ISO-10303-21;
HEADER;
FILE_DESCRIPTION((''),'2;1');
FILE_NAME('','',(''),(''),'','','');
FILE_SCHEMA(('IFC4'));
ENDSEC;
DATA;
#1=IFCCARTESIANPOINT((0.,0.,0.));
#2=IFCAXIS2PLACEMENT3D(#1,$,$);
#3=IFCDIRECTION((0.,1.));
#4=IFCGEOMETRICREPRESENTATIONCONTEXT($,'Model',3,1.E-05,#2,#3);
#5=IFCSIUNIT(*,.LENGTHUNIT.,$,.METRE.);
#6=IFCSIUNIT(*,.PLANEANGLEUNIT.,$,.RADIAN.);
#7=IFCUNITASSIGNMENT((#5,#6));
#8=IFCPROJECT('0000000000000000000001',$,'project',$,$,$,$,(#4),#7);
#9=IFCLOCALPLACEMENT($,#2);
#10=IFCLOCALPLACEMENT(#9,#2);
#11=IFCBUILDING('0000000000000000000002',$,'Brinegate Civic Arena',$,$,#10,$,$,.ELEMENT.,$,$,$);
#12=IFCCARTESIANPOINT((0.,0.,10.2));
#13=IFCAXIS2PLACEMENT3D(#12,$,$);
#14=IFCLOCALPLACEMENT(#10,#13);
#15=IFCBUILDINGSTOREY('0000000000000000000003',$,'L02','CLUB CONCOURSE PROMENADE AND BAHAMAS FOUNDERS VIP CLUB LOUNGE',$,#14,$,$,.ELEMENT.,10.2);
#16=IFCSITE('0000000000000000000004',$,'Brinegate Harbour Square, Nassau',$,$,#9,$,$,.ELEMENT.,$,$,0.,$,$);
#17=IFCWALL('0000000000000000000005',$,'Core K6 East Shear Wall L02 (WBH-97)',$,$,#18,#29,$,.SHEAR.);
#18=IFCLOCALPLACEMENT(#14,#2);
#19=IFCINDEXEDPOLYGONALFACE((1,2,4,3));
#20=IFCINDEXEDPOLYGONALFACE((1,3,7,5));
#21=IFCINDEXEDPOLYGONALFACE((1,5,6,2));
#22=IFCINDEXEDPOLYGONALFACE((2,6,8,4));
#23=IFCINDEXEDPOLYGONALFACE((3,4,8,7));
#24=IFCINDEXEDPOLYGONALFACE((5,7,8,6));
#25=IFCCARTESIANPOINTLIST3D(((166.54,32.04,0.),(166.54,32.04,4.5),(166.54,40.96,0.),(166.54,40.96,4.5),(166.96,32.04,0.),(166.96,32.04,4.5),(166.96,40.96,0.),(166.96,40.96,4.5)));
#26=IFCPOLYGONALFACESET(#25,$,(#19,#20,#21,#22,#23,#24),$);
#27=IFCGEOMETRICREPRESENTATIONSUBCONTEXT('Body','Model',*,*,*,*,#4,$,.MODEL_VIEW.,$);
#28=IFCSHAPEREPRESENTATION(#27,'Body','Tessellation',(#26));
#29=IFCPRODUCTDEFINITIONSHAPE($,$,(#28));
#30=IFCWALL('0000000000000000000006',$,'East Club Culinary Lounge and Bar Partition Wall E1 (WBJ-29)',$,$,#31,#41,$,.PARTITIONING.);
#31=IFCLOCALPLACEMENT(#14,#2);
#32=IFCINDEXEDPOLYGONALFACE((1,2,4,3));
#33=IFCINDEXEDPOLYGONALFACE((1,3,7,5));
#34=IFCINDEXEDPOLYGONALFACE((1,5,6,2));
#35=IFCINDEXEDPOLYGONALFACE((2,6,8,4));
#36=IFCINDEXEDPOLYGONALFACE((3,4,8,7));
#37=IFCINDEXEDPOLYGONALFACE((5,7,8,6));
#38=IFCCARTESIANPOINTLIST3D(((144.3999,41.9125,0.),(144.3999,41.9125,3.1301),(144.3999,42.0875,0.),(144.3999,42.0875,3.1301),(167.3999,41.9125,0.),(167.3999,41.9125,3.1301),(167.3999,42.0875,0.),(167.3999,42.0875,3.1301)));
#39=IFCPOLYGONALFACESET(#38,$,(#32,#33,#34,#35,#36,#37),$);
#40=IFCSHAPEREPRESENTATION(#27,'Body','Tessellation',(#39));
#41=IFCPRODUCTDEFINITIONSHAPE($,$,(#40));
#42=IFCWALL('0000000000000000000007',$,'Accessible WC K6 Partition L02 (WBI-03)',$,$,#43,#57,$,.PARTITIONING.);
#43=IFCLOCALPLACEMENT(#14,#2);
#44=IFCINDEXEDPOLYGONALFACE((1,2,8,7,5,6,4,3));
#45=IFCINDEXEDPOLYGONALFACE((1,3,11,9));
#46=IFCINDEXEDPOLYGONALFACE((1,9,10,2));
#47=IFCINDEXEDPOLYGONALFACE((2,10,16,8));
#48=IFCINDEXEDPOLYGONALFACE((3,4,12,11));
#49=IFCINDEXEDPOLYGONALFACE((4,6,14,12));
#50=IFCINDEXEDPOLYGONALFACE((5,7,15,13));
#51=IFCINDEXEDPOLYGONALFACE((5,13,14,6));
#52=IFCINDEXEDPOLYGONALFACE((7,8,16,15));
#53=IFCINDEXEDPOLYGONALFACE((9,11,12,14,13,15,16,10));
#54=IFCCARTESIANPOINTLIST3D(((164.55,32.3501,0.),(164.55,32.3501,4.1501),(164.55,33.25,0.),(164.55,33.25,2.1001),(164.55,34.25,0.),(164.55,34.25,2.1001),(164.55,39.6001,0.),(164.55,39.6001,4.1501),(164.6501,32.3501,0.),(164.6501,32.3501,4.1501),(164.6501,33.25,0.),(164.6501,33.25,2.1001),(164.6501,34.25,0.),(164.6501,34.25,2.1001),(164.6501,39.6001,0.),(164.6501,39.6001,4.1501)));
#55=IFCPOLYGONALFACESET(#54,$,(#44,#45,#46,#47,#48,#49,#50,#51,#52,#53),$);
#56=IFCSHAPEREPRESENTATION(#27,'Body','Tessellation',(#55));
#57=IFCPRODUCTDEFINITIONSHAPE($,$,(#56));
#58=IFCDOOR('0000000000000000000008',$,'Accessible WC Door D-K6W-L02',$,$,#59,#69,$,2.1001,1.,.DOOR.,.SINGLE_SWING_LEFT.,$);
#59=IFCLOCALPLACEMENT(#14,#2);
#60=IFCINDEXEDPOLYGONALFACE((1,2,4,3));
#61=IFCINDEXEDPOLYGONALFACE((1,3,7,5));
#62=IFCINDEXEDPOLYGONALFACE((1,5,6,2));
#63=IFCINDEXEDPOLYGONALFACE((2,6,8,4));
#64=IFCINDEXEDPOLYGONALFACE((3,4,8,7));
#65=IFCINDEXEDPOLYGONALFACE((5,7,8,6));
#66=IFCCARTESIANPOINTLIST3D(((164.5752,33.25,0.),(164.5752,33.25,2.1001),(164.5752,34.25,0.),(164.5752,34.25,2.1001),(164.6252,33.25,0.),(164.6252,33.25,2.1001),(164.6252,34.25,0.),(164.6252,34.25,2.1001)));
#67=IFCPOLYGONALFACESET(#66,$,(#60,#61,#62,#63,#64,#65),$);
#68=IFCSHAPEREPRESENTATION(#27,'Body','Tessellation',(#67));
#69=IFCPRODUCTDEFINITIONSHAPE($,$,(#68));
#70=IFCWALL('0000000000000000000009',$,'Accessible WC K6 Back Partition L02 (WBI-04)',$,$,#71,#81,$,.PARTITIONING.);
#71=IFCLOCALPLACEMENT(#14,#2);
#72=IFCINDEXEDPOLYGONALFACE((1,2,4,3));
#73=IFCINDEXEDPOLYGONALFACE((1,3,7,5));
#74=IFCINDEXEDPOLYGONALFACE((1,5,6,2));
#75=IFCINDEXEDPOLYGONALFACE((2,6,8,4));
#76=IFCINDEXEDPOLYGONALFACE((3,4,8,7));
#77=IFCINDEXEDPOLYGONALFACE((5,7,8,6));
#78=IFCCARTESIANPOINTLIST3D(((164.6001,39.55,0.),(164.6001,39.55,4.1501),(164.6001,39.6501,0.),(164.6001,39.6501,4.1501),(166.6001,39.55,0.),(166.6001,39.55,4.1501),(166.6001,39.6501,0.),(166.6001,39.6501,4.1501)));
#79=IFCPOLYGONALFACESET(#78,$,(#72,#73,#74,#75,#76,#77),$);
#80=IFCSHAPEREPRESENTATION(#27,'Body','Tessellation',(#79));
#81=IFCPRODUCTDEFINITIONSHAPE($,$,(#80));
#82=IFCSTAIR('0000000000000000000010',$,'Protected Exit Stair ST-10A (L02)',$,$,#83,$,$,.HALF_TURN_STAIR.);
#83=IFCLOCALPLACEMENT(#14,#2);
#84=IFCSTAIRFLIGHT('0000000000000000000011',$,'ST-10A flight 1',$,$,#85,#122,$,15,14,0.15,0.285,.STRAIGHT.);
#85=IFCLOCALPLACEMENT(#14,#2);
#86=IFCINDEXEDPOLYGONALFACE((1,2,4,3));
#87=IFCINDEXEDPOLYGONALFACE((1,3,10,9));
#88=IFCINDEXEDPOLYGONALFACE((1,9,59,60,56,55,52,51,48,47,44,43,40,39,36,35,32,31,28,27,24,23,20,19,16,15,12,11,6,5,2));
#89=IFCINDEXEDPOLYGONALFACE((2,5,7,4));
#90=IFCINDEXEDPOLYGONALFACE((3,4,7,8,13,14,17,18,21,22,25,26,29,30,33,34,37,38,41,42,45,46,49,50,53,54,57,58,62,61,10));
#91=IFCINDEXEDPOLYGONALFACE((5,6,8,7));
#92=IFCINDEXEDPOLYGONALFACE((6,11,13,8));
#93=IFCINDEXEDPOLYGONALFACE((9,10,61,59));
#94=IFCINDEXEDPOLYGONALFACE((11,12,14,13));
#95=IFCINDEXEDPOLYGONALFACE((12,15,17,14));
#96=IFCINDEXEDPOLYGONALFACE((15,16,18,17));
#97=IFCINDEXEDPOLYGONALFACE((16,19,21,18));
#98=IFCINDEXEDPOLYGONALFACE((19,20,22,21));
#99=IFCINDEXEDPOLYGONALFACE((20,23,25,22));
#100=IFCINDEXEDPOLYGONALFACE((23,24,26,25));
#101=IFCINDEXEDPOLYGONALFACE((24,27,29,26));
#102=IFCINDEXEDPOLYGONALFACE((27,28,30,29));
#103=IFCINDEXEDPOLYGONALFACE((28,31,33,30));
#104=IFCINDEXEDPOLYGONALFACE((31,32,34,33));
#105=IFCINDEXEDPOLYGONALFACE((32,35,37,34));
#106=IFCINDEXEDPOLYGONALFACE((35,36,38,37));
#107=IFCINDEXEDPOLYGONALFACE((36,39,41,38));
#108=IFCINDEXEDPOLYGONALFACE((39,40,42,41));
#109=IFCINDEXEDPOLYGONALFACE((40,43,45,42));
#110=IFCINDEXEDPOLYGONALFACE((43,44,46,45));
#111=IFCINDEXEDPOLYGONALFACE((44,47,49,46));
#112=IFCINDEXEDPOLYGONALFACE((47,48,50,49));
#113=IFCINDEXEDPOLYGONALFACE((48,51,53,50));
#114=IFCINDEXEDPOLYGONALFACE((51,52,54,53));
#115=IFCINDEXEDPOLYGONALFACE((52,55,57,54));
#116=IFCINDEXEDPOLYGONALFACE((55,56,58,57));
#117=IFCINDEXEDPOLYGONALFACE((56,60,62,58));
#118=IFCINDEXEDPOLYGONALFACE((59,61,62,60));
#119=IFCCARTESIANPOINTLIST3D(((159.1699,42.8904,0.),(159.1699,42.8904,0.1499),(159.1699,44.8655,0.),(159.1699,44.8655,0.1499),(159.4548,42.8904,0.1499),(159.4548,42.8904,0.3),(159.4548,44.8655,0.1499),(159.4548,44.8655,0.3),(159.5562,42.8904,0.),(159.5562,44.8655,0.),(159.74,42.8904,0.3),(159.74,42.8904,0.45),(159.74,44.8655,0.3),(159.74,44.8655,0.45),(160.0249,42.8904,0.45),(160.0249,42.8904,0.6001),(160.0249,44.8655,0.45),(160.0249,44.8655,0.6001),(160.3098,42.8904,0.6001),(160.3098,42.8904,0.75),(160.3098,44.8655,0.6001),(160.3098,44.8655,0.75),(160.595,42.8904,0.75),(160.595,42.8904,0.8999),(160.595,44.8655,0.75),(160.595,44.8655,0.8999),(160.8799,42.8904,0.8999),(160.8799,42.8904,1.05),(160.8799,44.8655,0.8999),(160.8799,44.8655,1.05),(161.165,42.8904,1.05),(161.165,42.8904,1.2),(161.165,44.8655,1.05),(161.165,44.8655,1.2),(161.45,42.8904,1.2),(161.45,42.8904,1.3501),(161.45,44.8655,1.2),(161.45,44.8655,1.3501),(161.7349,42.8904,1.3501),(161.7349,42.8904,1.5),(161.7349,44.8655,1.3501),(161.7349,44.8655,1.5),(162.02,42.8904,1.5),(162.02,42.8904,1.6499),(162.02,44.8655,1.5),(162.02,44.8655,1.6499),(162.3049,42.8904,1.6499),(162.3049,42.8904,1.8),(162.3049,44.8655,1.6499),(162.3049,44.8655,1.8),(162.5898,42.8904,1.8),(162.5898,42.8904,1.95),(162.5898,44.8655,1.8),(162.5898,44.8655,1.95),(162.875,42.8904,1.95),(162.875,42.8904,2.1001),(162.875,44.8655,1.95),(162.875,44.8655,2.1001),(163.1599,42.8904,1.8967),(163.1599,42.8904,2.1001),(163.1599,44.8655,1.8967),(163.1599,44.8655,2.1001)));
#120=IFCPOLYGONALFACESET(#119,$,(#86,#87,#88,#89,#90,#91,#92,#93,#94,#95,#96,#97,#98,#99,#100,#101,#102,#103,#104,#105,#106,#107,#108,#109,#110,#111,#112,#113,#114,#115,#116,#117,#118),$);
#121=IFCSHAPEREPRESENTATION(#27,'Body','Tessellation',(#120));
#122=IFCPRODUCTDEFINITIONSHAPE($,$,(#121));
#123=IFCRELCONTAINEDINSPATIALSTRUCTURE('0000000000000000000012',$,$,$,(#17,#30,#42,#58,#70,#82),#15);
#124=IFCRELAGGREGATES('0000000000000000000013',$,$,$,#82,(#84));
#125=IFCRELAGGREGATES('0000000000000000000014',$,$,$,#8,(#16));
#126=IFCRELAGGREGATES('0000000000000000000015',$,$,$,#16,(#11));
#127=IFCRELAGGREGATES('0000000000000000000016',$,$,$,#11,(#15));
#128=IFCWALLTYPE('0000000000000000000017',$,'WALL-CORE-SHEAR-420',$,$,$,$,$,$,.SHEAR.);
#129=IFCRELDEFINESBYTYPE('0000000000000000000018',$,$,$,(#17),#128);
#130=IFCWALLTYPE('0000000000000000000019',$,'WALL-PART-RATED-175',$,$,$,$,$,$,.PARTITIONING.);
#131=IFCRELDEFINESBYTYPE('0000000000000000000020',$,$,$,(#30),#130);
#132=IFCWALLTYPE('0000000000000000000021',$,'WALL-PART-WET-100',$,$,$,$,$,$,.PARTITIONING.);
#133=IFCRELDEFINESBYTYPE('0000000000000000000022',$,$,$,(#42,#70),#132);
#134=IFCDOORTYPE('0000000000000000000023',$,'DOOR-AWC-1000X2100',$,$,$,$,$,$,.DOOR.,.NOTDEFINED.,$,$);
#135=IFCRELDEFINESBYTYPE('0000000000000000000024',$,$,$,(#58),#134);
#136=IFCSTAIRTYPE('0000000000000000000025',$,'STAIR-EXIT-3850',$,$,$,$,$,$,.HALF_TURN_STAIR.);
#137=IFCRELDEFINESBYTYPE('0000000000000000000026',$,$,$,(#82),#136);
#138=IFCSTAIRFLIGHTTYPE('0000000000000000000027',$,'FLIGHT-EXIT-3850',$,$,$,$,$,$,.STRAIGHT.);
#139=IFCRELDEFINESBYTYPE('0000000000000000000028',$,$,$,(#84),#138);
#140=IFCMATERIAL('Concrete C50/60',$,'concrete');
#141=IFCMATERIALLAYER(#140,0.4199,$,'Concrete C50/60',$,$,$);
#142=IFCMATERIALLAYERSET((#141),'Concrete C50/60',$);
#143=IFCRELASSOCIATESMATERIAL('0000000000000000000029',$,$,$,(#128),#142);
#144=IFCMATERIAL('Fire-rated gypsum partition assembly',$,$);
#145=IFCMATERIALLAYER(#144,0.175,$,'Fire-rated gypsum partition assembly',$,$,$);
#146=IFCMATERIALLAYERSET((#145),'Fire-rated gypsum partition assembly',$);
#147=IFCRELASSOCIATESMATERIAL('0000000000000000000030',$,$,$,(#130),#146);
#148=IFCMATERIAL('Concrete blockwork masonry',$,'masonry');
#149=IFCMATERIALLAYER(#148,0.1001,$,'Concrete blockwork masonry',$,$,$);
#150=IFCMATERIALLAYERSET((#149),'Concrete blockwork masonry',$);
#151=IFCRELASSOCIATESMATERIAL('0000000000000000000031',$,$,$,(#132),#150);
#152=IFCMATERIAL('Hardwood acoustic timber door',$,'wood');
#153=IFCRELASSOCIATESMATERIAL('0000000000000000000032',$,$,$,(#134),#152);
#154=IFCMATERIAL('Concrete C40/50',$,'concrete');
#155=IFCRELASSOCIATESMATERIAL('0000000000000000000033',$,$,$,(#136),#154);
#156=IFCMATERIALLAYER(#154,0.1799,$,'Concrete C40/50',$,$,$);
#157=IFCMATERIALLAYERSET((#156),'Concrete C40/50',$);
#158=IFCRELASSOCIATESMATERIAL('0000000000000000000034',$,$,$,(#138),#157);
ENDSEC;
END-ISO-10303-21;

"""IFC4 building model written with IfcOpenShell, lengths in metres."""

from ifc_helpers import new_model, si_unit, direction, frame, frame_2d, origin, place, context, subcontext, project, spatial, polyline, rectangle, outline, extrude, material, layer, layer_set, type_object, element, fill, aggregate, save


model = new_model("IFC4")

# Units and contexts
model_context = context("Model", 3, precision=1e-05, world=origin(), true_north=direction((0.0, 1.0)))
body_context = subcontext(model_context, "Body", "Model", "MODEL_VIEW")
ifc_project = project(units=[si_unit("LENGTHUNIT", "METRE"), si_unit("PLANEANGLEUNIT", "RADIAN")], contexts=[model_context])

# Site, building, storey
site_placement = place(None, origin())
site = spatial("IfcSite", under=ifc_project, at=site_placement, Name="Brinegate Harbour Square, Nassau", CompositionType="ELEMENT", RefElevation=0.0)
building_placement = place(site_placement, origin())
building = spatial("IfcBuilding", under=site, at=building_placement, Name="Brinegate Civic Arena", CompositionType="ELEMENT")
storey_placement = place(building_placement, frame((0.0, 0.0, 10.2)))
storey = spatial("IfcBuildingStorey", under=building, at=storey_placement, Name="L02", Description="CLUB CONCOURSE PROMENADE AND BAHAMAS FOUNDERS VIP CLUB LOUNGE", CompositionType="ELEMENT", Elevation=10.2)

# Walls
ifc_material_1 = material(Name="Concrete C50/60", Category="concrete")
ifc_layer_1 = layer(ifc_material_1, 0.4199, Name="Concrete C50/60")
ifc_layer_set_1 = layer_set([ifc_layer_1], Name="Concrete C50/60")
wall_type_1 = type_object("IfcWallType", Name="WALL-CORE-SHEAR-420", PredefinedType="SHEAR", material=ifc_layer_set_1)
wall_1_placement = place(storey_placement, frame((166.75, 32.04, 0.0), z_axis=(0.0, 0.0, 1.0), x_axis=(0.0, 1.0, 0.0)))
element("IfcWall", 1, at=wall_1_placement, inside=storey, type_object=wall_type_1, Name="Core K6 East Shear Wall L02 (WBH-97)", PredefinedType="SHEAR", context=body_context, shape_type="SweptSolid", body=[
    extrude(rectangle(XDim=8.9199, YDim=0.4199, at=frame_2d((4.46, 0.0))), origin(), (0.0, 0.0, 1.0), 4.5),
])
ifc_material_2 = material(Name="Fire-rated gypsum partition assembly")
ifc_layer_2 = layer(ifc_material_2, 0.175, Name="Fire-rated gypsum partition assembly")
ifc_layer_set_2 = layer_set([ifc_layer_2], Name="Fire-rated gypsum partition assembly")
wall_type_2 = type_object("IfcWallType", Name="WALL-PART-RATED-175", PredefinedType="PARTITIONING", material=ifc_layer_set_2)
wall_2_placement = place(storey_placement, frame((167.3999, 42.0, 0.0), z_axis=(0.0, 0.0, 1.0), x_axis=(-1.0, 0.0, 0.0)))
element("IfcWall", 2, at=wall_2_placement, inside=storey, type_object=wall_type_2, Name="East Club Culinary Lounge and Bar Partition Wall E1 (WBJ-29)", PredefinedType="PARTITIONING", context=body_context, shape_type="SweptSolid", body=[
    extrude(rectangle(XDim=23.0, YDim=0.175, at=frame_2d((11.5, 0.0))), origin(), (0.0, 0.0, 1.0), 3.1301),
])

# Wall, opening, door
ifc_material_3 = material(Name="Concrete blockwork masonry", Category="masonry")
ifc_layer_3 = layer(ifc_material_3, 0.1001, Name="Concrete blockwork masonry")
ifc_layer_set_3 = layer_set([ifc_layer_3], Name="Concrete blockwork masonry")
wall_type_3 = type_object("IfcWallType", Name="WALL-PART-WET-100", PredefinedType="PARTITIONING", material=ifc_layer_set_3)
wall_3_placement = place(storey_placement, frame((164.6001, 32.3501, 0.0), z_axis=(0.0, 0.0, 1.0), x_axis=(0.0, 1.0, 0.0)))
wall_3 = element("IfcWall", 3, at=wall_3_placement, inside=storey, type_object=wall_type_3, Name="Accessible WC K6 Partition L02 (WBI-03)", PredefinedType="PARTITIONING", context=body_context, shape_type="SweptSolid", body=[
    extrude(rectangle(XDim=7.25, YDim=0.1001, at=frame_2d((3.625, 0.0))), origin(), (0.0, 0.0, 1.0), 4.1501),
])
opening_placement = place(wall_3_placement, frame((0.8999, 0.0, 0.0)))
opening = element("IfcOpeningElement", 4, at=opening_placement, cuts=wall_3, PredefinedType="OPENING", context=body_context, shape_type="SweptSolid", body=[
    extrude(rectangle(XDim=1.0, YDim=2.1001, at=frame_2d((0.5, 1.05))), frame((0.0, 0.0601, 0.0), z_axis=(0.0, -1.0, 0.0), x_axis=(1.0, 0.0, 0.0)), (0.0, 0.0, 1.0), 0.1201),
])
ifc_material_4 = material(Name="Hardwood acoustic timber door", Category="wood")
door_type = type_object("IfcDoorType", Name="DOOR-AWC-1000X2100", OperationType="NOTDEFINED", PredefinedType="DOOR", material=ifc_material_4)
door_placement = place(opening_placement, origin())
door = element("IfcDoor", 5, at=door_placement, inside=storey, type_object=door_type, Name="Accessible WC Door D-K6W-L02", OperationType="SINGLE_SWING_LEFT", OverallHeight=2.1001, OverallWidth=1.0, PredefinedType="DOOR", context=body_context, shape_type="SweptSolid", body=[
    extrude(rectangle(XDim=1.0, YDim=2.1001, at=frame_2d((0.5, 1.05))), frame((0.0, 0.0249, 0.0), z_axis=(0.0, -1.0, 0.0), x_axis=(1.0, 0.0, 0.0)), (0.0, 0.0, 1.0), 0.05),
])
fill(opening, door)

# Wall
wall_4_placement = place(storey_placement, frame((164.6001, 39.6001, 0.0), z_axis=(0.0, 0.0, 1.0), x_axis=(1.0, 0.0, 0.0)))
element("IfcWall", 6, at=wall_4_placement, inside=storey, type_object=wall_type_3, Name="Accessible WC K6 Back Partition L02 (WBI-04)", PredefinedType="PARTITIONING", context=body_context, shape_type="SweptSolid", body=[
    extrude(rectangle(XDim=2.0, YDim=0.1001, at=frame_2d((1.0, 0.0))), origin(), (0.0, 0.0, 1.0), 4.1501),
])

# Stair, stair flight
ifc_material_5 = material(Name="Concrete C40/50", Category="concrete")
stair_type = type_object("IfcStairType", Name="STAIR-EXIT-3850", PredefinedType="HALF_TURN_STAIR", material=ifc_material_5)
stair_placement = place(storey_placement, origin())
stair = element("IfcStair", 7, at=stair_placement, inside=storey, type_object=stair_type, Name="Protected Exit Stair ST-10A (L02)", PredefinedType="HALF_TURN_STAIR")
ifc_layer_4 = layer(ifc_material_5, 0.1799, Name="Concrete C40/50")
ifc_layer_set_4 = layer_set([ifc_layer_4], Name="Concrete C40/50")
stair_flight_type = type_object("IfcStairFlightType", Name="FLIGHT-EXIT-3850", PredefinedType="STRAIGHT", material=ifc_layer_set_4)
stair_flight_placement = place(storey_placement, frame((159.1699, 43.8779, 0.0), z_axis=(0.0, 0.0, 1.0), x_axis=(1.0, 0.0, 0.0)))
stair_flight = element("IfcStairFlight", 8, at=stair_flight_placement, type_object=stair_flight_type, Name="ST-10A flight 1", NumberOfRisers=15, NumberOfTreads=14, PredefinedType="STRAIGHT", RiserHeight=0.15, TreadLength=0.285, context=body_context, shape_type="SweptSolid", body=[
    extrude(outline(polyline([(0.0, 0.0), (0.0, 0.1499), (0.2849, 0.1499), (0.2849, 0.3), (0.5701, 0.3), (0.5701, 0.45), (0.855, 0.45), (0.855, 0.6001), (1.1399, 0.6001), (1.1399, 0.75), (1.425, 0.75), (1.425, 0.8999), (1.71, 0.8999), (1.71, 1.05), (1.9951, 1.05), (1.9951, 1.2), (2.28, 1.2), (2.28, 1.3501), (2.5649, 1.3501), (2.5649, 1.5), (2.8501, 1.5), (2.8501, 1.6499), (3.135, 1.6499), (3.135, 1.8), (3.4199, 1.8), (3.4199, 1.95), (3.7051, 1.95), (3.7051, 2.1001), (3.99, 2.1001), (3.99, 2.25), (3.99, 1.8967), (0.3862, 0.0), (0.0, 0.0)])), frame((0.0, 0.9875, 0.0), z_axis=(0.0, -1.0, 0.0), x_axis=(1.0, 0.0, 0.0)), (0.0, 0.0, 1.0), 1.9751),
])
aggregate(stair, [stair_flight])

save(model, "model.ifc")
